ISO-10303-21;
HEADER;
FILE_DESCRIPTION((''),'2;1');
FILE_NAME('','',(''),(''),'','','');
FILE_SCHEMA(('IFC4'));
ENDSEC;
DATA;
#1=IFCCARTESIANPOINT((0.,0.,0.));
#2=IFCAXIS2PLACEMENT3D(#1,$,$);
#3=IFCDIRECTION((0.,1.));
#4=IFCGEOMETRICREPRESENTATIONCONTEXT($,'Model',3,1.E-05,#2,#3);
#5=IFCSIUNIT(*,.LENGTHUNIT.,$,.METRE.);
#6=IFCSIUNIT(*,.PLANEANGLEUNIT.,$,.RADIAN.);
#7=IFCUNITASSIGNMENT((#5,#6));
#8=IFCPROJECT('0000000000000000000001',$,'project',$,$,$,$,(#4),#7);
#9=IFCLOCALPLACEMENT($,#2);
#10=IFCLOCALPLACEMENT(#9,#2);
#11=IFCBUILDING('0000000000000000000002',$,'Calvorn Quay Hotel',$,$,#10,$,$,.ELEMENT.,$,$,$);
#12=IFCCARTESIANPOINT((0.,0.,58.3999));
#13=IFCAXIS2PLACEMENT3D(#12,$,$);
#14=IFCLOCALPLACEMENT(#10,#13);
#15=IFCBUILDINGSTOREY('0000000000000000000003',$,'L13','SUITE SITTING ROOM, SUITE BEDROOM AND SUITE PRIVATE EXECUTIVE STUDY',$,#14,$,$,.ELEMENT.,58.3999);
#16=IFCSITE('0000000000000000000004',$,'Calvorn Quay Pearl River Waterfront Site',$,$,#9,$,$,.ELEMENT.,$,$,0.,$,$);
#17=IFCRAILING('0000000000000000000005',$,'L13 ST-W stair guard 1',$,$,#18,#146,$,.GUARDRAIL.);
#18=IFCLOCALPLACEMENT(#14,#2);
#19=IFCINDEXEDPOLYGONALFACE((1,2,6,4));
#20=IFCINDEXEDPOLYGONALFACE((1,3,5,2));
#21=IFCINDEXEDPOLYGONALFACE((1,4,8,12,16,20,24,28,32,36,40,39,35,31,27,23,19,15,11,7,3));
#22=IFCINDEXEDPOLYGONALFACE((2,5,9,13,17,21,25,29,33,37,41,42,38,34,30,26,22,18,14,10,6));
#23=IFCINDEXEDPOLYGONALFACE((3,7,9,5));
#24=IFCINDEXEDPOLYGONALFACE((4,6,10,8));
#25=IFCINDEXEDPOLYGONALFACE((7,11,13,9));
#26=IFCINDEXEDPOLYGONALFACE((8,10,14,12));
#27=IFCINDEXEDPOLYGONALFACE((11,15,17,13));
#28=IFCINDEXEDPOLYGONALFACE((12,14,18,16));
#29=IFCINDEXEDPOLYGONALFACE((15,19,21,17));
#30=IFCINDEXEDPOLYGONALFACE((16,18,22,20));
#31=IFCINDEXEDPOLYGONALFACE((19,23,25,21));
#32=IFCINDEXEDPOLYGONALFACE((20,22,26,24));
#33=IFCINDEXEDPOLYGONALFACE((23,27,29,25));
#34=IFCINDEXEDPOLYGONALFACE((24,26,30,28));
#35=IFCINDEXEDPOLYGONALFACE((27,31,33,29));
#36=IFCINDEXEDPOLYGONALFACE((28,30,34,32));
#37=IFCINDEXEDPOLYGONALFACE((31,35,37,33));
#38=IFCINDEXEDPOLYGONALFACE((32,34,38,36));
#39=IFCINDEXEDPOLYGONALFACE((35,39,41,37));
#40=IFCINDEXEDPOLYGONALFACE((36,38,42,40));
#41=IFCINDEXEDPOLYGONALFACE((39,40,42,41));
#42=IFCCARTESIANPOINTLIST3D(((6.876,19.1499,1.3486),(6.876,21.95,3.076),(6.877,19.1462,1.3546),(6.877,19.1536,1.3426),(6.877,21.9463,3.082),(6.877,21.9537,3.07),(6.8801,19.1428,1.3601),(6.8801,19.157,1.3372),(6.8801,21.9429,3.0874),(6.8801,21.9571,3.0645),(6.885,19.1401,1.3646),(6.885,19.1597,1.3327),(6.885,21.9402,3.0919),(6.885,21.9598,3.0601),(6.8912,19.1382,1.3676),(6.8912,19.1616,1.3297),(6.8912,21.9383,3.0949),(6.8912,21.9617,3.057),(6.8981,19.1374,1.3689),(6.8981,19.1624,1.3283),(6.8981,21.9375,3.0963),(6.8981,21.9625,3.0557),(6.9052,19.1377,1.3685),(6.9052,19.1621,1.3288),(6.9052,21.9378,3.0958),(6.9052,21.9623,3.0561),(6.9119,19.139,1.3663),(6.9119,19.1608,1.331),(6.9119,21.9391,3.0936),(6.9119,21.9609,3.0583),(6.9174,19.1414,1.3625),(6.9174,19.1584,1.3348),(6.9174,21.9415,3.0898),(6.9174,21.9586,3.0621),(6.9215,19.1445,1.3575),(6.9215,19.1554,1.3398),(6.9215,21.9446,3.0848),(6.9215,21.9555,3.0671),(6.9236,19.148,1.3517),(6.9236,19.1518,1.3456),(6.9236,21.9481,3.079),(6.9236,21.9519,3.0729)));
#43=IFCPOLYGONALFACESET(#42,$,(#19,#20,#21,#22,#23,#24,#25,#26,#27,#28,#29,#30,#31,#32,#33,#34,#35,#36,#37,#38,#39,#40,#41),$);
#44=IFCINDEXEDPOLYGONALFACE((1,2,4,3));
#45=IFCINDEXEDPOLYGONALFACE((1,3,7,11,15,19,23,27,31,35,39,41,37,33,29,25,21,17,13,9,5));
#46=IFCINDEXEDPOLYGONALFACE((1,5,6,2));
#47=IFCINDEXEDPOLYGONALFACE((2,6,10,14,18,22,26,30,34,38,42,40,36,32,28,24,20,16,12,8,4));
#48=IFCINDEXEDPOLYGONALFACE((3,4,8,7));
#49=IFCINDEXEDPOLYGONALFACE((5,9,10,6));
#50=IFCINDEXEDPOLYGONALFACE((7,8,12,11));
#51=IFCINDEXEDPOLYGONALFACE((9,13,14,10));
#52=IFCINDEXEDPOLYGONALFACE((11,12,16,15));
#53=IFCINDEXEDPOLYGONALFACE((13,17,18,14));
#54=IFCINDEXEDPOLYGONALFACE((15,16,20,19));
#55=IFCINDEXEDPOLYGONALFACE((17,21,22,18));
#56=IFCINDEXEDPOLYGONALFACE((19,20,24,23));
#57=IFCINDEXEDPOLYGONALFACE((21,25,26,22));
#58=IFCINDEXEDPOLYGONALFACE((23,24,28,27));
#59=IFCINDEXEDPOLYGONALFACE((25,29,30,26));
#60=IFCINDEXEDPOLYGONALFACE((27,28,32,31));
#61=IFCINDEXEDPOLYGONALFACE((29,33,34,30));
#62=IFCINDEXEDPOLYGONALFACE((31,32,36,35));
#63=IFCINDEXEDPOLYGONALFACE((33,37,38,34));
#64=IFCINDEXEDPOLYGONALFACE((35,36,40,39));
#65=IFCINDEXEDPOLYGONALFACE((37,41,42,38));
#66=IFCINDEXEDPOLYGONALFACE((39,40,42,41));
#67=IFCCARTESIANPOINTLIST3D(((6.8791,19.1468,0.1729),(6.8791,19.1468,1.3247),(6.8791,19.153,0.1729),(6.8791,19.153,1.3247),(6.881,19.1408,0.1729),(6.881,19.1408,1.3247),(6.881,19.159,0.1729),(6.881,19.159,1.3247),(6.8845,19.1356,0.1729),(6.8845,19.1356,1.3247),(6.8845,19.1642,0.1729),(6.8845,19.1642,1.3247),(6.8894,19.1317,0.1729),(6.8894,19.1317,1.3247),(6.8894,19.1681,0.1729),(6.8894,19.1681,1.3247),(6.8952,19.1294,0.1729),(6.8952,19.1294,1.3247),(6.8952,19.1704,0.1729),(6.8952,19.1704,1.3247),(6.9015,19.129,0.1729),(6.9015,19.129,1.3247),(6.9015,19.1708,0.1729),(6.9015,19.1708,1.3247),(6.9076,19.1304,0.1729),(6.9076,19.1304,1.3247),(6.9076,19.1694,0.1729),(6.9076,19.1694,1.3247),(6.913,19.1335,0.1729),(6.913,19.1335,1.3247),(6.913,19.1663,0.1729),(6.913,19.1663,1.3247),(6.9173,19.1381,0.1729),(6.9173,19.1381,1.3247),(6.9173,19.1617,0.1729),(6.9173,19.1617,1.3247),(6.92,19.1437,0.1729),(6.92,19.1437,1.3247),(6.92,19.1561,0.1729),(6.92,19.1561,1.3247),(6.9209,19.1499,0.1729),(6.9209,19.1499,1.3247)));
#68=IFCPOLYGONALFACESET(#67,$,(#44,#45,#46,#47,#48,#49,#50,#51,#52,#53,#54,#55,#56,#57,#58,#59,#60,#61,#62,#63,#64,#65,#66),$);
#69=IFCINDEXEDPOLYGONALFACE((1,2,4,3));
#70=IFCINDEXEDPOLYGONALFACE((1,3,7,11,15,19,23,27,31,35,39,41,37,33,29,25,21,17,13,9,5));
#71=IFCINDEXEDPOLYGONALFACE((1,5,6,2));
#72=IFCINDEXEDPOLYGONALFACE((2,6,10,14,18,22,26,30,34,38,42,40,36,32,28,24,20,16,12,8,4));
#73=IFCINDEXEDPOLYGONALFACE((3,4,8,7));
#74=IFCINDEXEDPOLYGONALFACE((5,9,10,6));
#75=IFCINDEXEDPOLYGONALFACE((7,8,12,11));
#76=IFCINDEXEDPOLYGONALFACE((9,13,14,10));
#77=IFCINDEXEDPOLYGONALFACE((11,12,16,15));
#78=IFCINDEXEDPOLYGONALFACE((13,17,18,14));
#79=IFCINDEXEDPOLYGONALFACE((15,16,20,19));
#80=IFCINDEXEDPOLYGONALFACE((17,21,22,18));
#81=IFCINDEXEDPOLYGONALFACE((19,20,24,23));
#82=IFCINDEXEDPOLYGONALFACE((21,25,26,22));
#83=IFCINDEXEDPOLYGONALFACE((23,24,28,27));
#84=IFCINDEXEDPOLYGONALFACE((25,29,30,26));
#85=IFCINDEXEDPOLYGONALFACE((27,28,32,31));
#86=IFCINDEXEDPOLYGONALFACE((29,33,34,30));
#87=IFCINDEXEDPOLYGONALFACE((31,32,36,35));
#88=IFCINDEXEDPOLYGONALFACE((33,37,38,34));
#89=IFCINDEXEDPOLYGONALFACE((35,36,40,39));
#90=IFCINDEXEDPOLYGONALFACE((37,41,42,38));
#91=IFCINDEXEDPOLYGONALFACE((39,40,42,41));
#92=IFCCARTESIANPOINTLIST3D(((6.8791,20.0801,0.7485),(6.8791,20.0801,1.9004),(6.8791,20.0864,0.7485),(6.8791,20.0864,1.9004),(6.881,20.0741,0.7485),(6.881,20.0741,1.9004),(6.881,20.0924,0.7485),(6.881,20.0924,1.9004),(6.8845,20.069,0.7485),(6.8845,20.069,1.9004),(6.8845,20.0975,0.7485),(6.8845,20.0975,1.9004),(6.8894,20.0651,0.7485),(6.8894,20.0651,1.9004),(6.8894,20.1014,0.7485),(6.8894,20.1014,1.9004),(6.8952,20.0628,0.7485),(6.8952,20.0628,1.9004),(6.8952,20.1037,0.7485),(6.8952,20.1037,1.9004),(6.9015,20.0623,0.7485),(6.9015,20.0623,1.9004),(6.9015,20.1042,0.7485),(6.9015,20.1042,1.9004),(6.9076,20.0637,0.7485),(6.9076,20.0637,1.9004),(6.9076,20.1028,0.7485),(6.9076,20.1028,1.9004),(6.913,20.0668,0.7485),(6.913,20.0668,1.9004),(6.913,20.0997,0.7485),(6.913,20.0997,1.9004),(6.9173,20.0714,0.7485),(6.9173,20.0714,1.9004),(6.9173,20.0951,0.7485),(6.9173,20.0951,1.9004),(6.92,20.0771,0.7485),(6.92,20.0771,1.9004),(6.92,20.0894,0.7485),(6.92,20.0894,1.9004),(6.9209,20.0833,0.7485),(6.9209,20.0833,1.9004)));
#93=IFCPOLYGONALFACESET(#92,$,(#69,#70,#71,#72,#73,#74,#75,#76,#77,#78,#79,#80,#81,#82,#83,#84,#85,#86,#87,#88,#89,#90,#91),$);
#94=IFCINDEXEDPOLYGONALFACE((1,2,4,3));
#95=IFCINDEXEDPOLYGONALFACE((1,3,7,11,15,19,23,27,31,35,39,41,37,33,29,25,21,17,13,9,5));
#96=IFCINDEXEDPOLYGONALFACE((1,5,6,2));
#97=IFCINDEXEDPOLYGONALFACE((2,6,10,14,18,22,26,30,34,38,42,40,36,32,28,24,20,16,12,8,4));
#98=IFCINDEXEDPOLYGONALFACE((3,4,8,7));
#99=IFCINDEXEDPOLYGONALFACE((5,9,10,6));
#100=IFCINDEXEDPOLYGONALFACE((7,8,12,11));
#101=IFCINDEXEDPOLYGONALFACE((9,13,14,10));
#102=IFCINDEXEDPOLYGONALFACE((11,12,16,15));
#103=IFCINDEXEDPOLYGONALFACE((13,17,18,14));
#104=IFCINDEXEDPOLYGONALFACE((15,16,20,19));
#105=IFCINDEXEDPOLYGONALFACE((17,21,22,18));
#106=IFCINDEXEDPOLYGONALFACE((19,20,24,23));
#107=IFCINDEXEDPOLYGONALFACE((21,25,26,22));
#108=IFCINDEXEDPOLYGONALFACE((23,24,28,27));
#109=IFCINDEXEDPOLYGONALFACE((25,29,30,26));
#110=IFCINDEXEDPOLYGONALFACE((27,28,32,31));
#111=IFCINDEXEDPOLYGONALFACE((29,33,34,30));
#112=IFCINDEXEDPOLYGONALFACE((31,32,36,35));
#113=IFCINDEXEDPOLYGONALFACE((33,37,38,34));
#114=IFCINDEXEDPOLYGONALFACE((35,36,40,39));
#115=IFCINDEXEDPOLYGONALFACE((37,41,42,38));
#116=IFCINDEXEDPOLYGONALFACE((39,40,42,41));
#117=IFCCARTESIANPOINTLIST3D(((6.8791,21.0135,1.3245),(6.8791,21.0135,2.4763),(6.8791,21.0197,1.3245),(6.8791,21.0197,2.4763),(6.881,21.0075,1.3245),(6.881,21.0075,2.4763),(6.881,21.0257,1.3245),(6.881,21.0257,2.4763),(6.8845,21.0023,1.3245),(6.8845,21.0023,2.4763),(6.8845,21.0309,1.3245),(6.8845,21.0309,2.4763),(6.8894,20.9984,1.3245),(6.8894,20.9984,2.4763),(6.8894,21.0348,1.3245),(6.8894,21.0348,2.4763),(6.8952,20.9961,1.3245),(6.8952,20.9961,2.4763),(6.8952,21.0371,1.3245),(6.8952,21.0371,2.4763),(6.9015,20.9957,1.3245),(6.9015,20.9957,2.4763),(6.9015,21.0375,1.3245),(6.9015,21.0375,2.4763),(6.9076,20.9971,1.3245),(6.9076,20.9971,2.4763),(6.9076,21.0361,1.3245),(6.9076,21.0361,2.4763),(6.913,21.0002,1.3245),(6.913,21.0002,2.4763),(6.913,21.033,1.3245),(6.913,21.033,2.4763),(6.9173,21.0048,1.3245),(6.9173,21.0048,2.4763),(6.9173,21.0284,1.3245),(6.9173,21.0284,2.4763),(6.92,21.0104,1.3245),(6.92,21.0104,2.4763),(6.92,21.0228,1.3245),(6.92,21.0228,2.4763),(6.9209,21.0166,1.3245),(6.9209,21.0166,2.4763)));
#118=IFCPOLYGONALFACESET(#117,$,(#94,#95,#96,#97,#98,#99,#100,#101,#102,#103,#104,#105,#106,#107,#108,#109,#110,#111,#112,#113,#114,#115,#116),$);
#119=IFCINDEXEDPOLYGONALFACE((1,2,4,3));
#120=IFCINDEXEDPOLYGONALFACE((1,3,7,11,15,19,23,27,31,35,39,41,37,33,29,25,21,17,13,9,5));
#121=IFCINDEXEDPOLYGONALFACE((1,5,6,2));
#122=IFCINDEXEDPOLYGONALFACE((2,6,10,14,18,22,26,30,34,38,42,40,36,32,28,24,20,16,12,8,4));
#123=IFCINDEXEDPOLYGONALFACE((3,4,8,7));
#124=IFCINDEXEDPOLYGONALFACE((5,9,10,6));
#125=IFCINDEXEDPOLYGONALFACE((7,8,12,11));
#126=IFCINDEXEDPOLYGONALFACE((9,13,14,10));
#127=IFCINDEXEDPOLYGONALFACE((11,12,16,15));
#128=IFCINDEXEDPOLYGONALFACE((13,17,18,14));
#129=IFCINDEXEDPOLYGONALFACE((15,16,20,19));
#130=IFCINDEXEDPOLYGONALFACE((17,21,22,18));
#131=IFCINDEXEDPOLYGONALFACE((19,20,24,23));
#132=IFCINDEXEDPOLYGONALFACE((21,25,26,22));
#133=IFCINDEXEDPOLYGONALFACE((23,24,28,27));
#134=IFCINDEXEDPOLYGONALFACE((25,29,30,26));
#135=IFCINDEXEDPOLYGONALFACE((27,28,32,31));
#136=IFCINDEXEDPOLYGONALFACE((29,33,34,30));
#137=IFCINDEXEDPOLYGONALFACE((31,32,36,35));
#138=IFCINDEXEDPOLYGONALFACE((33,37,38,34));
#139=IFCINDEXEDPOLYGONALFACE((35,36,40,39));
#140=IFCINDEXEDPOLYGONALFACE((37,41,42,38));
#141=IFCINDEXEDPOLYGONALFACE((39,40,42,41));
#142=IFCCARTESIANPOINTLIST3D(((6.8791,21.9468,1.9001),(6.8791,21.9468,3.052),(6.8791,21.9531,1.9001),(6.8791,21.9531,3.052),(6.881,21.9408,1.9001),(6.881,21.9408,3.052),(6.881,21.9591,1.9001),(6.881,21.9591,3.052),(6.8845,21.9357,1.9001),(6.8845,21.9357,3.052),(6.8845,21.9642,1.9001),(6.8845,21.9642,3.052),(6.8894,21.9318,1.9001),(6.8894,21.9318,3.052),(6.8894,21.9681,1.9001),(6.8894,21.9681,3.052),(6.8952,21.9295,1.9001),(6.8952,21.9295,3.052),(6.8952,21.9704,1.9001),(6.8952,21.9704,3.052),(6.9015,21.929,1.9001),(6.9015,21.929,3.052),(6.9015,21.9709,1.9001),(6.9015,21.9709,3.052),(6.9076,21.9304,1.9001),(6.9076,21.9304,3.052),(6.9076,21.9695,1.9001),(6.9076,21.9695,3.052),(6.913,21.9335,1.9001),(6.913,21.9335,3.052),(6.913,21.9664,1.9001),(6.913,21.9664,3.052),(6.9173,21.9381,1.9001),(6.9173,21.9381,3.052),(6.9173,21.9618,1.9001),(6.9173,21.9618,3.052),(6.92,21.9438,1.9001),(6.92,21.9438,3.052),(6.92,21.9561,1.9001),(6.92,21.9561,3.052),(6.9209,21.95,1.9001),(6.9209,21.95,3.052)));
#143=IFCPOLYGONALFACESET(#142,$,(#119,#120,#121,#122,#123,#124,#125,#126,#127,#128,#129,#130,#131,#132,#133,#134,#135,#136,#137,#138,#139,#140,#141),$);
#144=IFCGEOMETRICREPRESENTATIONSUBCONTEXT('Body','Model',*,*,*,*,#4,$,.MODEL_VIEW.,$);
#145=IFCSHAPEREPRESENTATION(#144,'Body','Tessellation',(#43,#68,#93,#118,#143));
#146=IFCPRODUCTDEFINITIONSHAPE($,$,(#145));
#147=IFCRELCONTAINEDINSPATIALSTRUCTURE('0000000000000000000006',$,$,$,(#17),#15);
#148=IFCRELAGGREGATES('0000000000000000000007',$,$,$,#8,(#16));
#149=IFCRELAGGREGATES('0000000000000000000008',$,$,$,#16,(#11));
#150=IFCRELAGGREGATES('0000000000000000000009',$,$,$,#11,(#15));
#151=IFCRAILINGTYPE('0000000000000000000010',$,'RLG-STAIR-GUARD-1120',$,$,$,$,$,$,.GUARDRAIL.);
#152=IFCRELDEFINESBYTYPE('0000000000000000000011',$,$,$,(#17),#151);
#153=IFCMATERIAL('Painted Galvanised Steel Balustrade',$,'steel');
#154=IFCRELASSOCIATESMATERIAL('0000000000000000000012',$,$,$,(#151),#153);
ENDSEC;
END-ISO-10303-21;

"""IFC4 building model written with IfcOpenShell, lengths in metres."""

from ifc_helpers import new_model, si_unit, direction, frame, origin, origin_2d, place, context, subcontext, project, spatial, circle, extrude, material, type_object, element, save


model = new_model("IFC4")

# Units and contexts
model_context = context("Model", 3, precision=1e-05, world=origin(), true_north=direction((0.0, 1.0)))
body_context = subcontext(model_context, "Body", "Model", "MODEL_VIEW")
ifc_project = project(units=[si_unit("LENGTHUNIT", "METRE"), si_unit("PLANEANGLEUNIT", "RADIAN")], contexts=[model_context])

# Site, building, storey
site_placement = place(None, origin())
site = spatial("IfcSite", under=ifc_project, at=site_placement, Name="Calvorn Quay Pearl River Waterfront Site", CompositionType="ELEMENT", RefElevation=0.0)
building_placement = place(site_placement, origin())
building = spatial("IfcBuilding", under=site, at=building_placement, Name="Calvorn Quay Hotel", CompositionType="ELEMENT")
storey_placement = place(building_placement, frame((0.0, 0.0, 58.3999)))
storey = spatial("IfcBuildingStorey", under=building, at=storey_placement, Name="L13", Description="SUITE SITTING ROOM, SUITE BEDROOM AND SUITE PRIVATE EXECUTIVE STUDY", CompositionType="ELEMENT", Elevation=58.3999)

# Railing
ifc_material_1 = material(Name="Painted Galvanised Steel Balustrade", Category="steel")
railing_type_1 = type_object("IfcRailingType", Name="RLG-STAIR-GUARD-1120", PredefinedType="GUARDRAIL", material=ifc_material_1)
railing_1_placement = place(storey_placement, frame((6.8999, 19.1499, 0.1729)))
element("IfcRailing", 1, at=railing_1_placement, inside=storey, type_object=railing_type_1, Name="L13 ST-W stair guard 1", PredefinedType="GUARDRAIL", context=body_context, shape_type="SweptSolid", body=[
    extrude(circle(Radius=0.0239, at=origin_2d()), frame((0.0, 0.0, 1.1758), z_axis=(0.0, 0.85109, 0.52502), x_axis=(-1.0, 0.0, 0.0)), (0.0, 0.0, 1.0), 3.29),
    extrude(circle(Radius=0.021, at=origin_2d()), origin(), (0.0, 0.0, 1.0), 1.1519),
    extrude(circle(Radius=0.021, at=origin_2d()), frame((0.0, 0.9333, 0.5757)), (0.0, 0.0, 1.0), 1.1519),
    extrude(circle(Radius=0.021, at=origin_2d()), frame((0.0, 1.8667, 1.1516)), (0.0, 0.0, 1.0), 1.1519),
    extrude(circle(Radius=0.021, at=origin_2d()), frame((0.0, 2.8, 1.7273)), (0.0, 0.0, 1.0), 1.1519),
])

save(model, "model.ifc")
